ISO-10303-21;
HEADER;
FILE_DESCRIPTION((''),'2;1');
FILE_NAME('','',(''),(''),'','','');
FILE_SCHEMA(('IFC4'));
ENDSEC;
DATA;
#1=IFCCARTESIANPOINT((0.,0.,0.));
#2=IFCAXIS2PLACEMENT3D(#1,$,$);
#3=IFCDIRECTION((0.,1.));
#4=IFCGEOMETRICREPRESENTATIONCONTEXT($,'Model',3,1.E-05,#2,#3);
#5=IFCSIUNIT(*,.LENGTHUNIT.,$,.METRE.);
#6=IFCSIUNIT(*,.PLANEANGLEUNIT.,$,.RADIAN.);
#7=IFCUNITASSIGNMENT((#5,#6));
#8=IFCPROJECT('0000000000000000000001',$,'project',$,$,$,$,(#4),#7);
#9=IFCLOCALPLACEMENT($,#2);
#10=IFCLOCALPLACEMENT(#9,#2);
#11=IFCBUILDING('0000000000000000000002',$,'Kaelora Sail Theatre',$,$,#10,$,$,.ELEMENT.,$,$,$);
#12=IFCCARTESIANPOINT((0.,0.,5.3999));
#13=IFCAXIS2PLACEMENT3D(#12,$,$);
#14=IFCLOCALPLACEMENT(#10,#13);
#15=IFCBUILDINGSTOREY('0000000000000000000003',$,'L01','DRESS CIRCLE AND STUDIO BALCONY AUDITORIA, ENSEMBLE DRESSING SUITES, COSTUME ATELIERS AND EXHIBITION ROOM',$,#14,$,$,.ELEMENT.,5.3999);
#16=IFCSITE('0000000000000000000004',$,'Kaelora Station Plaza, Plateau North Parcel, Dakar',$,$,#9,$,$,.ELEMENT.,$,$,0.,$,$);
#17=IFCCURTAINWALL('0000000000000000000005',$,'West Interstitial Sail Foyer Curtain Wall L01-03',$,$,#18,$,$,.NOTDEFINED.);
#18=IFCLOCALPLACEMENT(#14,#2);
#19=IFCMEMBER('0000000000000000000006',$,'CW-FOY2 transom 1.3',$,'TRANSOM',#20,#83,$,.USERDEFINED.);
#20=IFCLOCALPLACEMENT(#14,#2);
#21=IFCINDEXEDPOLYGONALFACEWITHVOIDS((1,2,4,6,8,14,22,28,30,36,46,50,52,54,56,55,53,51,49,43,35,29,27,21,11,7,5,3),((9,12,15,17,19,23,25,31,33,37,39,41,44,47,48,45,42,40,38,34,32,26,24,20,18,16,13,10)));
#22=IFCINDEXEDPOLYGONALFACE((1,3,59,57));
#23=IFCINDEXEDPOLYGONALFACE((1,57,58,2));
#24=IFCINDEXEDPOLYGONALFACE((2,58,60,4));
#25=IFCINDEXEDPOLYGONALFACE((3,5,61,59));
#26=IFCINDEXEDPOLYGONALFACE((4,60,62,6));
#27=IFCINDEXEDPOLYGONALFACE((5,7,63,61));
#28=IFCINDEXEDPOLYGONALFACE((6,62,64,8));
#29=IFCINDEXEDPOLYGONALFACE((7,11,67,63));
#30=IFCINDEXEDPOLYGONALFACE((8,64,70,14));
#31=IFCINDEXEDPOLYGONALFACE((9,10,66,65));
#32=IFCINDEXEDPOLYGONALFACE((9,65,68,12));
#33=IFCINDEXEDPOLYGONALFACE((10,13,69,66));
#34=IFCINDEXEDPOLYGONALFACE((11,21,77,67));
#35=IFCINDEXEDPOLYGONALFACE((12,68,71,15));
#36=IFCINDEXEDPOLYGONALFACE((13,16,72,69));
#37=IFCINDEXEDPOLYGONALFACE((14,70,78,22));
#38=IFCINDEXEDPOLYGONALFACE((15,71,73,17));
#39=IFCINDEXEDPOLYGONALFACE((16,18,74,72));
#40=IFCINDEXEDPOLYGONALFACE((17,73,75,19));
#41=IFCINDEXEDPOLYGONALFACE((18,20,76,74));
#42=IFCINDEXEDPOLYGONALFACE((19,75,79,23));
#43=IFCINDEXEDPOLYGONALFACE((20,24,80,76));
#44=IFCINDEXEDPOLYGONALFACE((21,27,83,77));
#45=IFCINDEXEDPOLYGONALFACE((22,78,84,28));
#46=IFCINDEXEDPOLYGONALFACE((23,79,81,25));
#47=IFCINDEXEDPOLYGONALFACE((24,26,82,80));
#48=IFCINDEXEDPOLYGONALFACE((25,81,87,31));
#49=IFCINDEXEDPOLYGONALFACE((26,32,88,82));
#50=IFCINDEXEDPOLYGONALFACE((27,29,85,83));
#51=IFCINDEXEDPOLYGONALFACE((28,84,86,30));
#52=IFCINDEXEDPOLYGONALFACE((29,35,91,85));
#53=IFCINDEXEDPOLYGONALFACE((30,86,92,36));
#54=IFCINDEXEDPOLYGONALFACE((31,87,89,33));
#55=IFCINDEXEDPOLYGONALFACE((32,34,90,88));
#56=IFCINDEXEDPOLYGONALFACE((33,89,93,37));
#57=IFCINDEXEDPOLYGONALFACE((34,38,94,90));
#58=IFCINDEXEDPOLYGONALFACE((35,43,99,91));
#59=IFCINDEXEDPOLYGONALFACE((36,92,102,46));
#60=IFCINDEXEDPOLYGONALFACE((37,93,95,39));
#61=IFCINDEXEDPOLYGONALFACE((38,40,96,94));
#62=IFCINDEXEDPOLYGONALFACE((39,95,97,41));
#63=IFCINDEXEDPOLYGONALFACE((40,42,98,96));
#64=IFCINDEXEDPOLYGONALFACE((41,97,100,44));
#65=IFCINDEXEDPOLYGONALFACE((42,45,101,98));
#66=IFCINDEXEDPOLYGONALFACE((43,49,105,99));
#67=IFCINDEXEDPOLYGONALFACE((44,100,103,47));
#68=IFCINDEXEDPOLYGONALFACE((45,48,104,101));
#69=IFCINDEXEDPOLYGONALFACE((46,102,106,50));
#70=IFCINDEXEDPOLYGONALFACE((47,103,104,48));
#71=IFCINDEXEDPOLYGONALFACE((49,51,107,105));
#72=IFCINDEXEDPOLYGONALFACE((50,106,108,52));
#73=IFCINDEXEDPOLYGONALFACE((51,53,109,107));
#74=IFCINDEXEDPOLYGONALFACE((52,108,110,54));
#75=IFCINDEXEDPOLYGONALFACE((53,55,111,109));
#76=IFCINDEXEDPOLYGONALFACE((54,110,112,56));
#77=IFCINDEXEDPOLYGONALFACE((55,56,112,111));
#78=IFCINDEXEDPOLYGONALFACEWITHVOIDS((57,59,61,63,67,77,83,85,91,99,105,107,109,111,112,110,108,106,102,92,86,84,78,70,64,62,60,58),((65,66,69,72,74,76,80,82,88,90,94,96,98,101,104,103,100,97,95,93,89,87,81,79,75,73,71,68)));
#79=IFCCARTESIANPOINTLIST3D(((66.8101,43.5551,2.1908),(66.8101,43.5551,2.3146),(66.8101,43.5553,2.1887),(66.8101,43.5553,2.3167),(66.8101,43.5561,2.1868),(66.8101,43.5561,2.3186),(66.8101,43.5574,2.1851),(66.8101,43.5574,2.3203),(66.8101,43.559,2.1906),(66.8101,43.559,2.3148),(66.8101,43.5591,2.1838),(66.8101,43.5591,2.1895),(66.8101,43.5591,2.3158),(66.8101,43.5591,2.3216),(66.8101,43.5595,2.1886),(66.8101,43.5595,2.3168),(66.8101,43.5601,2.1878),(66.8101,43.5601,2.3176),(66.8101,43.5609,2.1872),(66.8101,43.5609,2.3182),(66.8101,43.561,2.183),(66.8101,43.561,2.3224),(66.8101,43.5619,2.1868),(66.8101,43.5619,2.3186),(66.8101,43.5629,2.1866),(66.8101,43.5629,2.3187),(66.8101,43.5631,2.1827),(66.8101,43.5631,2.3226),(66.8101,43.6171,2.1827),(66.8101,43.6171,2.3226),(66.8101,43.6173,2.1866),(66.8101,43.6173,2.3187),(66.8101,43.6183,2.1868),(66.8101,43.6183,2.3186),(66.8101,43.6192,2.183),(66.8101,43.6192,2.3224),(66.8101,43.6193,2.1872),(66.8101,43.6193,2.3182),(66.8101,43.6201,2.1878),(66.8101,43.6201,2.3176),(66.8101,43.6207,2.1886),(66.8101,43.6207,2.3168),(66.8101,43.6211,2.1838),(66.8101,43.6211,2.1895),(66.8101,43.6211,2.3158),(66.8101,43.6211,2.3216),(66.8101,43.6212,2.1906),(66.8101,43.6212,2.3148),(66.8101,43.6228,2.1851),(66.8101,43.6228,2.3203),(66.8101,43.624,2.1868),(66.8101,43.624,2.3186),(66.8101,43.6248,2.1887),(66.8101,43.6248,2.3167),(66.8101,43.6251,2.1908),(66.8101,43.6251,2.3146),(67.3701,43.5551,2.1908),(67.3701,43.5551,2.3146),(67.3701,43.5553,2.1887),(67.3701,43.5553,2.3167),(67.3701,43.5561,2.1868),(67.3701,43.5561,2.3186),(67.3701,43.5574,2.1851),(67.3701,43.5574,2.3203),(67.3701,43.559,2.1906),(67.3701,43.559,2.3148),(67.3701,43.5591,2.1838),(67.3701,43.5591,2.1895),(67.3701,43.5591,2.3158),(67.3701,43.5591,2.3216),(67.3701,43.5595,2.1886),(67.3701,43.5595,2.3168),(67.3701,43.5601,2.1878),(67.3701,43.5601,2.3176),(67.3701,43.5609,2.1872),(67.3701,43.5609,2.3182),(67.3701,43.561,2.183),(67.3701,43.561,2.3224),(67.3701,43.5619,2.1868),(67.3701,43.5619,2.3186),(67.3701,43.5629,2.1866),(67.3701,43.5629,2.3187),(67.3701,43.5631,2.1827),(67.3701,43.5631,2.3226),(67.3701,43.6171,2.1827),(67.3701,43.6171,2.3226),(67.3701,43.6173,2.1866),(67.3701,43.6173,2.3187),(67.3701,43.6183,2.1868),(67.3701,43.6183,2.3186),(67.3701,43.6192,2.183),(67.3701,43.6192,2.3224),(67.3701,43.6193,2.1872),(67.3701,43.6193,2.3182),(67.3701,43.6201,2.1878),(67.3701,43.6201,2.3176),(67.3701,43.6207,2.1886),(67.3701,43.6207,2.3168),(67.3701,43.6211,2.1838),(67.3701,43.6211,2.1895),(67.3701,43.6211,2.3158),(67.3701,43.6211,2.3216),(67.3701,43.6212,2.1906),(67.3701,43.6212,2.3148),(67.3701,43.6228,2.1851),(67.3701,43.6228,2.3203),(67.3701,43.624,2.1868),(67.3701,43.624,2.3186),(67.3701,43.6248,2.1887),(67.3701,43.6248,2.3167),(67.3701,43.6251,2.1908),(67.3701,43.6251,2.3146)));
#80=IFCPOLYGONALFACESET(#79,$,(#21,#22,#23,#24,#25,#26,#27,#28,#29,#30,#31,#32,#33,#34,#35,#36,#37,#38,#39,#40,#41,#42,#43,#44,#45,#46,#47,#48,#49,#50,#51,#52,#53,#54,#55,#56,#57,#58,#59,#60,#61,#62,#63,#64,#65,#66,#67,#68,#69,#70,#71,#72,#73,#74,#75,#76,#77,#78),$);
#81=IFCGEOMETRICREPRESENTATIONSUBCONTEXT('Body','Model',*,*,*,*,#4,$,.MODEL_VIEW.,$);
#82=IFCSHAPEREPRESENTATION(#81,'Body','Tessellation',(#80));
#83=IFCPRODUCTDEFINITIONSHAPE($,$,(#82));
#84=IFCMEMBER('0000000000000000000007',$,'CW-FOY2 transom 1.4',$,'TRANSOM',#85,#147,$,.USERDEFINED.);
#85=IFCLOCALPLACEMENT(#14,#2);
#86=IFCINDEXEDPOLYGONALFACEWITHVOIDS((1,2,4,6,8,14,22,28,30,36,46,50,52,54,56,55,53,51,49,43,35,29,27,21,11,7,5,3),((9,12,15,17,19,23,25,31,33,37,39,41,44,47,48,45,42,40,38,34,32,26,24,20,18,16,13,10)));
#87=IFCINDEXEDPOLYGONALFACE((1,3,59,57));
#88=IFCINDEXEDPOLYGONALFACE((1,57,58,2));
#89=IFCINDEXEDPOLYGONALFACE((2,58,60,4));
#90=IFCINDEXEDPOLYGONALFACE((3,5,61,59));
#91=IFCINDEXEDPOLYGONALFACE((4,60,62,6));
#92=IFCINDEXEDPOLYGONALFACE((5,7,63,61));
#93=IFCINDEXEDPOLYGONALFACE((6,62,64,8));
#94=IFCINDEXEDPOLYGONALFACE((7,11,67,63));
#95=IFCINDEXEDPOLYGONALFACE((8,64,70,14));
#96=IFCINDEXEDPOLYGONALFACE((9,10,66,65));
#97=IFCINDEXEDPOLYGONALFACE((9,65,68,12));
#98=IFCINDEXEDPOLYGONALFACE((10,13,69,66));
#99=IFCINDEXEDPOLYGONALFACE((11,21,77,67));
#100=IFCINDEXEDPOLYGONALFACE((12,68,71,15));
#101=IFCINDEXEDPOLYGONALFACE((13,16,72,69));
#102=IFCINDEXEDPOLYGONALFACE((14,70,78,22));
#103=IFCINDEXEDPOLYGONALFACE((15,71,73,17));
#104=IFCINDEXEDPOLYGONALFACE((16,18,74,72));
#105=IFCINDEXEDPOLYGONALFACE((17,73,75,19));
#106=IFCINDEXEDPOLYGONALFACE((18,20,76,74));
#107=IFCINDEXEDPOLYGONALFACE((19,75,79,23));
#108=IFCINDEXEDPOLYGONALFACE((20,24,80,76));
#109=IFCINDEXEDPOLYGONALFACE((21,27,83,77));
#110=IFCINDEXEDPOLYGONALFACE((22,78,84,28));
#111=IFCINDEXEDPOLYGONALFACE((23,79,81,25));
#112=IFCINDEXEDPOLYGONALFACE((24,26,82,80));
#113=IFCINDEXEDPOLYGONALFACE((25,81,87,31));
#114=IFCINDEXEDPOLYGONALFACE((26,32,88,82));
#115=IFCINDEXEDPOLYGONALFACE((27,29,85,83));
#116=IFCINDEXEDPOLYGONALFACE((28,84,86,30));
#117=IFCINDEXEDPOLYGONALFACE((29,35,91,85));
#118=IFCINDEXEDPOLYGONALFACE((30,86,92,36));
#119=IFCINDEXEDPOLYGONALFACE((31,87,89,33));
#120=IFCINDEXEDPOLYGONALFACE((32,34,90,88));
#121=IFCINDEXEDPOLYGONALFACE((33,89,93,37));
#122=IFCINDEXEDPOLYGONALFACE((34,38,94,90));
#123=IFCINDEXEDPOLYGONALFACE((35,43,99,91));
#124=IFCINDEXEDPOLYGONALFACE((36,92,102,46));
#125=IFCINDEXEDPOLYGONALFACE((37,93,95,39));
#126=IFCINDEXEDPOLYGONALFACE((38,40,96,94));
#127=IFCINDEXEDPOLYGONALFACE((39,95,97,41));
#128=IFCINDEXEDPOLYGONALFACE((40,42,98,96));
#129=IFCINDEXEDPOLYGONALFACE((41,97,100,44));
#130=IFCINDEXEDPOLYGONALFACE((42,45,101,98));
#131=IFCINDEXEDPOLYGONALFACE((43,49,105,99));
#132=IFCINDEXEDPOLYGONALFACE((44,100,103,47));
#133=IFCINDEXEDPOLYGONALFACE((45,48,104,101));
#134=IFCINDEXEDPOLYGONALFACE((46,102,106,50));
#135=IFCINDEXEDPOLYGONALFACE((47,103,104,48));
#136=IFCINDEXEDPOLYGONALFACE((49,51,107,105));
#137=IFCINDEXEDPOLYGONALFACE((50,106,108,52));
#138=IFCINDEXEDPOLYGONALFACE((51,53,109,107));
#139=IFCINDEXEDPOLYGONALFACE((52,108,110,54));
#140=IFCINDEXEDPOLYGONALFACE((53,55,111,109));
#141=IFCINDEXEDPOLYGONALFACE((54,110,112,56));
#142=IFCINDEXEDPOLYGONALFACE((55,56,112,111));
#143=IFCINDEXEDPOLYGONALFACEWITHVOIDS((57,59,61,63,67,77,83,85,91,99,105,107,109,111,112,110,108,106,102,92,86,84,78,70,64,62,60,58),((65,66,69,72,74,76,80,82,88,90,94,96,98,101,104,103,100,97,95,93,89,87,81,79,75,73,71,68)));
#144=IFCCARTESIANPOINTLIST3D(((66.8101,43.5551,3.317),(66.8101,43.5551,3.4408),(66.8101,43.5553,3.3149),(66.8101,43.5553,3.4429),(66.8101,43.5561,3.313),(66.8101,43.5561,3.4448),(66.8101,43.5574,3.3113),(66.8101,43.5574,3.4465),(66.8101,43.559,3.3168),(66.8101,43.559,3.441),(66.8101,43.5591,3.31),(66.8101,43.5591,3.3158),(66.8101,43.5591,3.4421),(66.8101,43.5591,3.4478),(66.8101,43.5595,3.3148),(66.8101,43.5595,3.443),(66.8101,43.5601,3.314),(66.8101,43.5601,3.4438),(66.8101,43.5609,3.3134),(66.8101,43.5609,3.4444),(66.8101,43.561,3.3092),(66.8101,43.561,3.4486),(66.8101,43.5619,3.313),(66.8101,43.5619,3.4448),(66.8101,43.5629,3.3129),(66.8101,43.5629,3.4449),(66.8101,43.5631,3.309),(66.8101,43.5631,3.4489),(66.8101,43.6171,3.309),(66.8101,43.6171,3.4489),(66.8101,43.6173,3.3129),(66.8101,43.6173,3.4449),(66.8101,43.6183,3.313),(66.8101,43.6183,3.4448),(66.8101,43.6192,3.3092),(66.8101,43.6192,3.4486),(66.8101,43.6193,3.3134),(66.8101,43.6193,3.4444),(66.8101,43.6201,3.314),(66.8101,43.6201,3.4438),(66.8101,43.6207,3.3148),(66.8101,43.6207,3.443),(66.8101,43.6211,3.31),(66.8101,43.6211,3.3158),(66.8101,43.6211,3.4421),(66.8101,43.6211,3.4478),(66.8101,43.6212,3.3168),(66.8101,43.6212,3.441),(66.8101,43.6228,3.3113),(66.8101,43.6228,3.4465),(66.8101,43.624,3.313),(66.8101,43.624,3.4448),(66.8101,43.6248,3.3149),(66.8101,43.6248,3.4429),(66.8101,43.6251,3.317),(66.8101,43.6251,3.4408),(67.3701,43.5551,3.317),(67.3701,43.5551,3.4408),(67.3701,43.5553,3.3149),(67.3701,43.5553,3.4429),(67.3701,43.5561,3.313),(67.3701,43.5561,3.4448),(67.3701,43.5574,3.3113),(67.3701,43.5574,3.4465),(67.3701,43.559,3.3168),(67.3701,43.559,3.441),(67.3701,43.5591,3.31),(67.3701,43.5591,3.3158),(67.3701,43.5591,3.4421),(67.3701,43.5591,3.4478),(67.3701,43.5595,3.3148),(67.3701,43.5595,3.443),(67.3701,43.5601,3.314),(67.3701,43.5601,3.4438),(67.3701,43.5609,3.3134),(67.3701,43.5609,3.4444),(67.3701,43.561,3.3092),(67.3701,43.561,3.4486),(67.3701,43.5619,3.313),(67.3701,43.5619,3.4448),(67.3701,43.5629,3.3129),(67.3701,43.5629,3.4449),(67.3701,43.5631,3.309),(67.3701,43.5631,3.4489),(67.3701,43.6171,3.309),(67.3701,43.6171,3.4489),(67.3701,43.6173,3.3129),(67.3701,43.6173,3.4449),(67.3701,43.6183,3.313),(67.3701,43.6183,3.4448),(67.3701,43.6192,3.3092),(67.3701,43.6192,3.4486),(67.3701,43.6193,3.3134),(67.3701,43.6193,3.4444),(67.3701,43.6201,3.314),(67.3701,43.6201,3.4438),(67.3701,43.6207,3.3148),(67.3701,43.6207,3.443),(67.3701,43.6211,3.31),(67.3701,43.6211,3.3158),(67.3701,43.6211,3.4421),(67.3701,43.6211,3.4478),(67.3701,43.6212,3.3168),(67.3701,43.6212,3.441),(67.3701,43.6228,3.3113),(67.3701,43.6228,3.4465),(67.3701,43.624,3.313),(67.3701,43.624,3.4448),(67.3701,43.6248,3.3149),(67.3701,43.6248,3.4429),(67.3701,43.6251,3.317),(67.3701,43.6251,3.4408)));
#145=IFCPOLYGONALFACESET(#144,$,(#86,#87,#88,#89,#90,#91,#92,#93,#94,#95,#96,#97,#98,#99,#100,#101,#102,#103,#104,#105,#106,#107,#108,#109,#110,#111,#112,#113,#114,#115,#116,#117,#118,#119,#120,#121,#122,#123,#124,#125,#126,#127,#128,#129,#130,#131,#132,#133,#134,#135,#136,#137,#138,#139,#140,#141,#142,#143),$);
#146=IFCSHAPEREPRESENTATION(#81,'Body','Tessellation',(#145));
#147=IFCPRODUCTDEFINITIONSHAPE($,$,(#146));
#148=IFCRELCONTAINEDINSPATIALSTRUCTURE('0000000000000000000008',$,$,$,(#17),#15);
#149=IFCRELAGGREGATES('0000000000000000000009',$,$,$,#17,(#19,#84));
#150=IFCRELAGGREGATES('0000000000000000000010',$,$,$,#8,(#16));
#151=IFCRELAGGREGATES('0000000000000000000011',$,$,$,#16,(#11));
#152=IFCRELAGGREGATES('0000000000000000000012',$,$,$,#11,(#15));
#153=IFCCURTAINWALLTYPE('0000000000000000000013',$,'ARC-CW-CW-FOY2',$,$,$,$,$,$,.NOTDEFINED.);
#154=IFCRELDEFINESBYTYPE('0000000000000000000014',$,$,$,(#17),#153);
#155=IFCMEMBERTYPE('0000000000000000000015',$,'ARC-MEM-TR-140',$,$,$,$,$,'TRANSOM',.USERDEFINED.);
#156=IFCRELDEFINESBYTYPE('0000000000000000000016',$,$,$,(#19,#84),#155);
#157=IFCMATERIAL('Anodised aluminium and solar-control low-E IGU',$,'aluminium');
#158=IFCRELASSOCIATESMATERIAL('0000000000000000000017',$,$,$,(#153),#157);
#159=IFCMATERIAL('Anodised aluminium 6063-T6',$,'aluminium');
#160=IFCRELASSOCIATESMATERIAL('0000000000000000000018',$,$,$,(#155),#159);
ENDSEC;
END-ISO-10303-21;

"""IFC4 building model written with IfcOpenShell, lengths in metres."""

from ifc_helpers import new_model, si_unit, direction, frame, origin, origin_2d, place, context, subcontext, project, spatial, hollow_rectangle, extrude, material, material_profile, profile_set, type_object, element, aggregate, save


model = new_model("IFC4")

# Units and contexts
model_context = context("Model", 3, precision=1e-05, world=origin(), true_north=direction((0.0, 1.0)))
body_context = subcontext(model_context, "Body", "Model", "MODEL_VIEW")
ifc_project = project(units=[si_unit("LENGTHUNIT", "METRE"), si_unit("PLANEANGLEUNIT", "RADIAN")], contexts=[model_context])

# Site, building, storey
site_placement = place(None, origin())
site = spatial("IfcSite", under=ifc_project, at=site_placement, Name="Kaelora Station Plaza, Plateau North Parcel, Dakar", CompositionType="ELEMENT", RefElevation=0.0)
building_placement = place(site_placement, origin())
building = spatial("IfcBuilding", under=site, at=building_placement, Name="Kaelora Sail Theatre", CompositionType="ELEMENT")
storey_placement = place(building_placement, frame((0.0, 0.0, 5.3999)))
storey = spatial("IfcBuildingStorey", under=building, at=storey_placement, Name="L01", Description="DRESS CIRCLE AND STUDIO BALCONY AUDITORIA, ENSEMBLE DRESSING SUITES, COSTUME ATELIERS AND EXHIBITION ROOM", CompositionType="ELEMENT", Elevation=5.3999)

# Curtain wall, members
ifc_material_1 = material(Name="Anodised aluminium and solar-control low-E IGU", Category="aluminium")
curtain_wall_type = type_object("IfcCurtainWallType", Name="ARC-CW-CW-FOY2", PredefinedType="NOTDEFINED", material=ifc_material_1)
ifc_material_2 = material(Name="Anodised aluminium 6063-T6", Category="aluminium")
ifc_material_profile = material_profile(ifc_material_2, hollow_rectangle(XDim=0.0701, YDim=0.1399, WallThickness=0.0039, InnerFilletRadius=0.0039, OuterFilletRadius=0.0081, at=origin_2d()), Name="ALU-TRAN 70x140x4")
ifc_profile_set = profile_set([ifc_material_profile], Name="Anodised aluminium 6063-T6")
member_type = type_object("IfcMemberType", Name="ARC-MEM-TR-140", ElementType="TRANSOM", PredefinedType="USERDEFINED", material=ifc_profile_set)
curtain_wall_1_placement = place(storey_placement, origin())
curtain_wall_1 = element("IfcCurtainWall", 1, at=curtain_wall_1_placement, inside=storey, type_object=curtain_wall_type, Name="West Interstitial Sail Foyer Curtain Wall L01-03", PredefinedType="NOTDEFINED")
member_1_placement = place(storey_placement, frame((66.8101, 43.5901, 2.2527), z_axis=(1.0, 0.0, 0.0), x_axis=(0.0, 1.0, 0.0)))
member_1 = element("IfcMember", 2, at=member_1_placement, type_object=member_type, Name="CW-FOY2 transom 1.3", ObjectType="TRANSOM", PredefinedType="USERDEFINED", context=body_context, shape_type="SweptSolid", body=[
    extrude(hollow_rectangle(XDim=0.0701, YDim=0.1399, WallThickness=0.0039, InnerFilletRadius=0.0039, OuterFilletRadius=0.0081, at=origin_2d()), origin(), (0.0, 0.0, 1.0), 0.5601),
])
member_2_placement = place(storey_placement, frame((66.8101, 43.5901, 3.3789), z_axis=(1.0, 0.0, 0.0), x_axis=(0.0, 1.0, 0.0)))
member_2 = element("IfcMember", 3, at=member_2_placement, type_object=member_type, Name="CW-FOY2 transom 1.4", ObjectType="TRANSOM", PredefinedType="USERDEFINED", context=body_context, shape_type="SweptSolid", body=[
    extrude(hollow_rectangle(XDim=0.0701, YDim=0.1399, WallThickness=0.0039, InnerFilletRadius=0.0039, OuterFilletRadius=0.0081, at=origin_2d()), origin(), (0.0, 0.0, 1.0), 0.5601),
])

aggregate(curtain_wall_1, [member_1, member_2])

save(model, "model.ifc")
